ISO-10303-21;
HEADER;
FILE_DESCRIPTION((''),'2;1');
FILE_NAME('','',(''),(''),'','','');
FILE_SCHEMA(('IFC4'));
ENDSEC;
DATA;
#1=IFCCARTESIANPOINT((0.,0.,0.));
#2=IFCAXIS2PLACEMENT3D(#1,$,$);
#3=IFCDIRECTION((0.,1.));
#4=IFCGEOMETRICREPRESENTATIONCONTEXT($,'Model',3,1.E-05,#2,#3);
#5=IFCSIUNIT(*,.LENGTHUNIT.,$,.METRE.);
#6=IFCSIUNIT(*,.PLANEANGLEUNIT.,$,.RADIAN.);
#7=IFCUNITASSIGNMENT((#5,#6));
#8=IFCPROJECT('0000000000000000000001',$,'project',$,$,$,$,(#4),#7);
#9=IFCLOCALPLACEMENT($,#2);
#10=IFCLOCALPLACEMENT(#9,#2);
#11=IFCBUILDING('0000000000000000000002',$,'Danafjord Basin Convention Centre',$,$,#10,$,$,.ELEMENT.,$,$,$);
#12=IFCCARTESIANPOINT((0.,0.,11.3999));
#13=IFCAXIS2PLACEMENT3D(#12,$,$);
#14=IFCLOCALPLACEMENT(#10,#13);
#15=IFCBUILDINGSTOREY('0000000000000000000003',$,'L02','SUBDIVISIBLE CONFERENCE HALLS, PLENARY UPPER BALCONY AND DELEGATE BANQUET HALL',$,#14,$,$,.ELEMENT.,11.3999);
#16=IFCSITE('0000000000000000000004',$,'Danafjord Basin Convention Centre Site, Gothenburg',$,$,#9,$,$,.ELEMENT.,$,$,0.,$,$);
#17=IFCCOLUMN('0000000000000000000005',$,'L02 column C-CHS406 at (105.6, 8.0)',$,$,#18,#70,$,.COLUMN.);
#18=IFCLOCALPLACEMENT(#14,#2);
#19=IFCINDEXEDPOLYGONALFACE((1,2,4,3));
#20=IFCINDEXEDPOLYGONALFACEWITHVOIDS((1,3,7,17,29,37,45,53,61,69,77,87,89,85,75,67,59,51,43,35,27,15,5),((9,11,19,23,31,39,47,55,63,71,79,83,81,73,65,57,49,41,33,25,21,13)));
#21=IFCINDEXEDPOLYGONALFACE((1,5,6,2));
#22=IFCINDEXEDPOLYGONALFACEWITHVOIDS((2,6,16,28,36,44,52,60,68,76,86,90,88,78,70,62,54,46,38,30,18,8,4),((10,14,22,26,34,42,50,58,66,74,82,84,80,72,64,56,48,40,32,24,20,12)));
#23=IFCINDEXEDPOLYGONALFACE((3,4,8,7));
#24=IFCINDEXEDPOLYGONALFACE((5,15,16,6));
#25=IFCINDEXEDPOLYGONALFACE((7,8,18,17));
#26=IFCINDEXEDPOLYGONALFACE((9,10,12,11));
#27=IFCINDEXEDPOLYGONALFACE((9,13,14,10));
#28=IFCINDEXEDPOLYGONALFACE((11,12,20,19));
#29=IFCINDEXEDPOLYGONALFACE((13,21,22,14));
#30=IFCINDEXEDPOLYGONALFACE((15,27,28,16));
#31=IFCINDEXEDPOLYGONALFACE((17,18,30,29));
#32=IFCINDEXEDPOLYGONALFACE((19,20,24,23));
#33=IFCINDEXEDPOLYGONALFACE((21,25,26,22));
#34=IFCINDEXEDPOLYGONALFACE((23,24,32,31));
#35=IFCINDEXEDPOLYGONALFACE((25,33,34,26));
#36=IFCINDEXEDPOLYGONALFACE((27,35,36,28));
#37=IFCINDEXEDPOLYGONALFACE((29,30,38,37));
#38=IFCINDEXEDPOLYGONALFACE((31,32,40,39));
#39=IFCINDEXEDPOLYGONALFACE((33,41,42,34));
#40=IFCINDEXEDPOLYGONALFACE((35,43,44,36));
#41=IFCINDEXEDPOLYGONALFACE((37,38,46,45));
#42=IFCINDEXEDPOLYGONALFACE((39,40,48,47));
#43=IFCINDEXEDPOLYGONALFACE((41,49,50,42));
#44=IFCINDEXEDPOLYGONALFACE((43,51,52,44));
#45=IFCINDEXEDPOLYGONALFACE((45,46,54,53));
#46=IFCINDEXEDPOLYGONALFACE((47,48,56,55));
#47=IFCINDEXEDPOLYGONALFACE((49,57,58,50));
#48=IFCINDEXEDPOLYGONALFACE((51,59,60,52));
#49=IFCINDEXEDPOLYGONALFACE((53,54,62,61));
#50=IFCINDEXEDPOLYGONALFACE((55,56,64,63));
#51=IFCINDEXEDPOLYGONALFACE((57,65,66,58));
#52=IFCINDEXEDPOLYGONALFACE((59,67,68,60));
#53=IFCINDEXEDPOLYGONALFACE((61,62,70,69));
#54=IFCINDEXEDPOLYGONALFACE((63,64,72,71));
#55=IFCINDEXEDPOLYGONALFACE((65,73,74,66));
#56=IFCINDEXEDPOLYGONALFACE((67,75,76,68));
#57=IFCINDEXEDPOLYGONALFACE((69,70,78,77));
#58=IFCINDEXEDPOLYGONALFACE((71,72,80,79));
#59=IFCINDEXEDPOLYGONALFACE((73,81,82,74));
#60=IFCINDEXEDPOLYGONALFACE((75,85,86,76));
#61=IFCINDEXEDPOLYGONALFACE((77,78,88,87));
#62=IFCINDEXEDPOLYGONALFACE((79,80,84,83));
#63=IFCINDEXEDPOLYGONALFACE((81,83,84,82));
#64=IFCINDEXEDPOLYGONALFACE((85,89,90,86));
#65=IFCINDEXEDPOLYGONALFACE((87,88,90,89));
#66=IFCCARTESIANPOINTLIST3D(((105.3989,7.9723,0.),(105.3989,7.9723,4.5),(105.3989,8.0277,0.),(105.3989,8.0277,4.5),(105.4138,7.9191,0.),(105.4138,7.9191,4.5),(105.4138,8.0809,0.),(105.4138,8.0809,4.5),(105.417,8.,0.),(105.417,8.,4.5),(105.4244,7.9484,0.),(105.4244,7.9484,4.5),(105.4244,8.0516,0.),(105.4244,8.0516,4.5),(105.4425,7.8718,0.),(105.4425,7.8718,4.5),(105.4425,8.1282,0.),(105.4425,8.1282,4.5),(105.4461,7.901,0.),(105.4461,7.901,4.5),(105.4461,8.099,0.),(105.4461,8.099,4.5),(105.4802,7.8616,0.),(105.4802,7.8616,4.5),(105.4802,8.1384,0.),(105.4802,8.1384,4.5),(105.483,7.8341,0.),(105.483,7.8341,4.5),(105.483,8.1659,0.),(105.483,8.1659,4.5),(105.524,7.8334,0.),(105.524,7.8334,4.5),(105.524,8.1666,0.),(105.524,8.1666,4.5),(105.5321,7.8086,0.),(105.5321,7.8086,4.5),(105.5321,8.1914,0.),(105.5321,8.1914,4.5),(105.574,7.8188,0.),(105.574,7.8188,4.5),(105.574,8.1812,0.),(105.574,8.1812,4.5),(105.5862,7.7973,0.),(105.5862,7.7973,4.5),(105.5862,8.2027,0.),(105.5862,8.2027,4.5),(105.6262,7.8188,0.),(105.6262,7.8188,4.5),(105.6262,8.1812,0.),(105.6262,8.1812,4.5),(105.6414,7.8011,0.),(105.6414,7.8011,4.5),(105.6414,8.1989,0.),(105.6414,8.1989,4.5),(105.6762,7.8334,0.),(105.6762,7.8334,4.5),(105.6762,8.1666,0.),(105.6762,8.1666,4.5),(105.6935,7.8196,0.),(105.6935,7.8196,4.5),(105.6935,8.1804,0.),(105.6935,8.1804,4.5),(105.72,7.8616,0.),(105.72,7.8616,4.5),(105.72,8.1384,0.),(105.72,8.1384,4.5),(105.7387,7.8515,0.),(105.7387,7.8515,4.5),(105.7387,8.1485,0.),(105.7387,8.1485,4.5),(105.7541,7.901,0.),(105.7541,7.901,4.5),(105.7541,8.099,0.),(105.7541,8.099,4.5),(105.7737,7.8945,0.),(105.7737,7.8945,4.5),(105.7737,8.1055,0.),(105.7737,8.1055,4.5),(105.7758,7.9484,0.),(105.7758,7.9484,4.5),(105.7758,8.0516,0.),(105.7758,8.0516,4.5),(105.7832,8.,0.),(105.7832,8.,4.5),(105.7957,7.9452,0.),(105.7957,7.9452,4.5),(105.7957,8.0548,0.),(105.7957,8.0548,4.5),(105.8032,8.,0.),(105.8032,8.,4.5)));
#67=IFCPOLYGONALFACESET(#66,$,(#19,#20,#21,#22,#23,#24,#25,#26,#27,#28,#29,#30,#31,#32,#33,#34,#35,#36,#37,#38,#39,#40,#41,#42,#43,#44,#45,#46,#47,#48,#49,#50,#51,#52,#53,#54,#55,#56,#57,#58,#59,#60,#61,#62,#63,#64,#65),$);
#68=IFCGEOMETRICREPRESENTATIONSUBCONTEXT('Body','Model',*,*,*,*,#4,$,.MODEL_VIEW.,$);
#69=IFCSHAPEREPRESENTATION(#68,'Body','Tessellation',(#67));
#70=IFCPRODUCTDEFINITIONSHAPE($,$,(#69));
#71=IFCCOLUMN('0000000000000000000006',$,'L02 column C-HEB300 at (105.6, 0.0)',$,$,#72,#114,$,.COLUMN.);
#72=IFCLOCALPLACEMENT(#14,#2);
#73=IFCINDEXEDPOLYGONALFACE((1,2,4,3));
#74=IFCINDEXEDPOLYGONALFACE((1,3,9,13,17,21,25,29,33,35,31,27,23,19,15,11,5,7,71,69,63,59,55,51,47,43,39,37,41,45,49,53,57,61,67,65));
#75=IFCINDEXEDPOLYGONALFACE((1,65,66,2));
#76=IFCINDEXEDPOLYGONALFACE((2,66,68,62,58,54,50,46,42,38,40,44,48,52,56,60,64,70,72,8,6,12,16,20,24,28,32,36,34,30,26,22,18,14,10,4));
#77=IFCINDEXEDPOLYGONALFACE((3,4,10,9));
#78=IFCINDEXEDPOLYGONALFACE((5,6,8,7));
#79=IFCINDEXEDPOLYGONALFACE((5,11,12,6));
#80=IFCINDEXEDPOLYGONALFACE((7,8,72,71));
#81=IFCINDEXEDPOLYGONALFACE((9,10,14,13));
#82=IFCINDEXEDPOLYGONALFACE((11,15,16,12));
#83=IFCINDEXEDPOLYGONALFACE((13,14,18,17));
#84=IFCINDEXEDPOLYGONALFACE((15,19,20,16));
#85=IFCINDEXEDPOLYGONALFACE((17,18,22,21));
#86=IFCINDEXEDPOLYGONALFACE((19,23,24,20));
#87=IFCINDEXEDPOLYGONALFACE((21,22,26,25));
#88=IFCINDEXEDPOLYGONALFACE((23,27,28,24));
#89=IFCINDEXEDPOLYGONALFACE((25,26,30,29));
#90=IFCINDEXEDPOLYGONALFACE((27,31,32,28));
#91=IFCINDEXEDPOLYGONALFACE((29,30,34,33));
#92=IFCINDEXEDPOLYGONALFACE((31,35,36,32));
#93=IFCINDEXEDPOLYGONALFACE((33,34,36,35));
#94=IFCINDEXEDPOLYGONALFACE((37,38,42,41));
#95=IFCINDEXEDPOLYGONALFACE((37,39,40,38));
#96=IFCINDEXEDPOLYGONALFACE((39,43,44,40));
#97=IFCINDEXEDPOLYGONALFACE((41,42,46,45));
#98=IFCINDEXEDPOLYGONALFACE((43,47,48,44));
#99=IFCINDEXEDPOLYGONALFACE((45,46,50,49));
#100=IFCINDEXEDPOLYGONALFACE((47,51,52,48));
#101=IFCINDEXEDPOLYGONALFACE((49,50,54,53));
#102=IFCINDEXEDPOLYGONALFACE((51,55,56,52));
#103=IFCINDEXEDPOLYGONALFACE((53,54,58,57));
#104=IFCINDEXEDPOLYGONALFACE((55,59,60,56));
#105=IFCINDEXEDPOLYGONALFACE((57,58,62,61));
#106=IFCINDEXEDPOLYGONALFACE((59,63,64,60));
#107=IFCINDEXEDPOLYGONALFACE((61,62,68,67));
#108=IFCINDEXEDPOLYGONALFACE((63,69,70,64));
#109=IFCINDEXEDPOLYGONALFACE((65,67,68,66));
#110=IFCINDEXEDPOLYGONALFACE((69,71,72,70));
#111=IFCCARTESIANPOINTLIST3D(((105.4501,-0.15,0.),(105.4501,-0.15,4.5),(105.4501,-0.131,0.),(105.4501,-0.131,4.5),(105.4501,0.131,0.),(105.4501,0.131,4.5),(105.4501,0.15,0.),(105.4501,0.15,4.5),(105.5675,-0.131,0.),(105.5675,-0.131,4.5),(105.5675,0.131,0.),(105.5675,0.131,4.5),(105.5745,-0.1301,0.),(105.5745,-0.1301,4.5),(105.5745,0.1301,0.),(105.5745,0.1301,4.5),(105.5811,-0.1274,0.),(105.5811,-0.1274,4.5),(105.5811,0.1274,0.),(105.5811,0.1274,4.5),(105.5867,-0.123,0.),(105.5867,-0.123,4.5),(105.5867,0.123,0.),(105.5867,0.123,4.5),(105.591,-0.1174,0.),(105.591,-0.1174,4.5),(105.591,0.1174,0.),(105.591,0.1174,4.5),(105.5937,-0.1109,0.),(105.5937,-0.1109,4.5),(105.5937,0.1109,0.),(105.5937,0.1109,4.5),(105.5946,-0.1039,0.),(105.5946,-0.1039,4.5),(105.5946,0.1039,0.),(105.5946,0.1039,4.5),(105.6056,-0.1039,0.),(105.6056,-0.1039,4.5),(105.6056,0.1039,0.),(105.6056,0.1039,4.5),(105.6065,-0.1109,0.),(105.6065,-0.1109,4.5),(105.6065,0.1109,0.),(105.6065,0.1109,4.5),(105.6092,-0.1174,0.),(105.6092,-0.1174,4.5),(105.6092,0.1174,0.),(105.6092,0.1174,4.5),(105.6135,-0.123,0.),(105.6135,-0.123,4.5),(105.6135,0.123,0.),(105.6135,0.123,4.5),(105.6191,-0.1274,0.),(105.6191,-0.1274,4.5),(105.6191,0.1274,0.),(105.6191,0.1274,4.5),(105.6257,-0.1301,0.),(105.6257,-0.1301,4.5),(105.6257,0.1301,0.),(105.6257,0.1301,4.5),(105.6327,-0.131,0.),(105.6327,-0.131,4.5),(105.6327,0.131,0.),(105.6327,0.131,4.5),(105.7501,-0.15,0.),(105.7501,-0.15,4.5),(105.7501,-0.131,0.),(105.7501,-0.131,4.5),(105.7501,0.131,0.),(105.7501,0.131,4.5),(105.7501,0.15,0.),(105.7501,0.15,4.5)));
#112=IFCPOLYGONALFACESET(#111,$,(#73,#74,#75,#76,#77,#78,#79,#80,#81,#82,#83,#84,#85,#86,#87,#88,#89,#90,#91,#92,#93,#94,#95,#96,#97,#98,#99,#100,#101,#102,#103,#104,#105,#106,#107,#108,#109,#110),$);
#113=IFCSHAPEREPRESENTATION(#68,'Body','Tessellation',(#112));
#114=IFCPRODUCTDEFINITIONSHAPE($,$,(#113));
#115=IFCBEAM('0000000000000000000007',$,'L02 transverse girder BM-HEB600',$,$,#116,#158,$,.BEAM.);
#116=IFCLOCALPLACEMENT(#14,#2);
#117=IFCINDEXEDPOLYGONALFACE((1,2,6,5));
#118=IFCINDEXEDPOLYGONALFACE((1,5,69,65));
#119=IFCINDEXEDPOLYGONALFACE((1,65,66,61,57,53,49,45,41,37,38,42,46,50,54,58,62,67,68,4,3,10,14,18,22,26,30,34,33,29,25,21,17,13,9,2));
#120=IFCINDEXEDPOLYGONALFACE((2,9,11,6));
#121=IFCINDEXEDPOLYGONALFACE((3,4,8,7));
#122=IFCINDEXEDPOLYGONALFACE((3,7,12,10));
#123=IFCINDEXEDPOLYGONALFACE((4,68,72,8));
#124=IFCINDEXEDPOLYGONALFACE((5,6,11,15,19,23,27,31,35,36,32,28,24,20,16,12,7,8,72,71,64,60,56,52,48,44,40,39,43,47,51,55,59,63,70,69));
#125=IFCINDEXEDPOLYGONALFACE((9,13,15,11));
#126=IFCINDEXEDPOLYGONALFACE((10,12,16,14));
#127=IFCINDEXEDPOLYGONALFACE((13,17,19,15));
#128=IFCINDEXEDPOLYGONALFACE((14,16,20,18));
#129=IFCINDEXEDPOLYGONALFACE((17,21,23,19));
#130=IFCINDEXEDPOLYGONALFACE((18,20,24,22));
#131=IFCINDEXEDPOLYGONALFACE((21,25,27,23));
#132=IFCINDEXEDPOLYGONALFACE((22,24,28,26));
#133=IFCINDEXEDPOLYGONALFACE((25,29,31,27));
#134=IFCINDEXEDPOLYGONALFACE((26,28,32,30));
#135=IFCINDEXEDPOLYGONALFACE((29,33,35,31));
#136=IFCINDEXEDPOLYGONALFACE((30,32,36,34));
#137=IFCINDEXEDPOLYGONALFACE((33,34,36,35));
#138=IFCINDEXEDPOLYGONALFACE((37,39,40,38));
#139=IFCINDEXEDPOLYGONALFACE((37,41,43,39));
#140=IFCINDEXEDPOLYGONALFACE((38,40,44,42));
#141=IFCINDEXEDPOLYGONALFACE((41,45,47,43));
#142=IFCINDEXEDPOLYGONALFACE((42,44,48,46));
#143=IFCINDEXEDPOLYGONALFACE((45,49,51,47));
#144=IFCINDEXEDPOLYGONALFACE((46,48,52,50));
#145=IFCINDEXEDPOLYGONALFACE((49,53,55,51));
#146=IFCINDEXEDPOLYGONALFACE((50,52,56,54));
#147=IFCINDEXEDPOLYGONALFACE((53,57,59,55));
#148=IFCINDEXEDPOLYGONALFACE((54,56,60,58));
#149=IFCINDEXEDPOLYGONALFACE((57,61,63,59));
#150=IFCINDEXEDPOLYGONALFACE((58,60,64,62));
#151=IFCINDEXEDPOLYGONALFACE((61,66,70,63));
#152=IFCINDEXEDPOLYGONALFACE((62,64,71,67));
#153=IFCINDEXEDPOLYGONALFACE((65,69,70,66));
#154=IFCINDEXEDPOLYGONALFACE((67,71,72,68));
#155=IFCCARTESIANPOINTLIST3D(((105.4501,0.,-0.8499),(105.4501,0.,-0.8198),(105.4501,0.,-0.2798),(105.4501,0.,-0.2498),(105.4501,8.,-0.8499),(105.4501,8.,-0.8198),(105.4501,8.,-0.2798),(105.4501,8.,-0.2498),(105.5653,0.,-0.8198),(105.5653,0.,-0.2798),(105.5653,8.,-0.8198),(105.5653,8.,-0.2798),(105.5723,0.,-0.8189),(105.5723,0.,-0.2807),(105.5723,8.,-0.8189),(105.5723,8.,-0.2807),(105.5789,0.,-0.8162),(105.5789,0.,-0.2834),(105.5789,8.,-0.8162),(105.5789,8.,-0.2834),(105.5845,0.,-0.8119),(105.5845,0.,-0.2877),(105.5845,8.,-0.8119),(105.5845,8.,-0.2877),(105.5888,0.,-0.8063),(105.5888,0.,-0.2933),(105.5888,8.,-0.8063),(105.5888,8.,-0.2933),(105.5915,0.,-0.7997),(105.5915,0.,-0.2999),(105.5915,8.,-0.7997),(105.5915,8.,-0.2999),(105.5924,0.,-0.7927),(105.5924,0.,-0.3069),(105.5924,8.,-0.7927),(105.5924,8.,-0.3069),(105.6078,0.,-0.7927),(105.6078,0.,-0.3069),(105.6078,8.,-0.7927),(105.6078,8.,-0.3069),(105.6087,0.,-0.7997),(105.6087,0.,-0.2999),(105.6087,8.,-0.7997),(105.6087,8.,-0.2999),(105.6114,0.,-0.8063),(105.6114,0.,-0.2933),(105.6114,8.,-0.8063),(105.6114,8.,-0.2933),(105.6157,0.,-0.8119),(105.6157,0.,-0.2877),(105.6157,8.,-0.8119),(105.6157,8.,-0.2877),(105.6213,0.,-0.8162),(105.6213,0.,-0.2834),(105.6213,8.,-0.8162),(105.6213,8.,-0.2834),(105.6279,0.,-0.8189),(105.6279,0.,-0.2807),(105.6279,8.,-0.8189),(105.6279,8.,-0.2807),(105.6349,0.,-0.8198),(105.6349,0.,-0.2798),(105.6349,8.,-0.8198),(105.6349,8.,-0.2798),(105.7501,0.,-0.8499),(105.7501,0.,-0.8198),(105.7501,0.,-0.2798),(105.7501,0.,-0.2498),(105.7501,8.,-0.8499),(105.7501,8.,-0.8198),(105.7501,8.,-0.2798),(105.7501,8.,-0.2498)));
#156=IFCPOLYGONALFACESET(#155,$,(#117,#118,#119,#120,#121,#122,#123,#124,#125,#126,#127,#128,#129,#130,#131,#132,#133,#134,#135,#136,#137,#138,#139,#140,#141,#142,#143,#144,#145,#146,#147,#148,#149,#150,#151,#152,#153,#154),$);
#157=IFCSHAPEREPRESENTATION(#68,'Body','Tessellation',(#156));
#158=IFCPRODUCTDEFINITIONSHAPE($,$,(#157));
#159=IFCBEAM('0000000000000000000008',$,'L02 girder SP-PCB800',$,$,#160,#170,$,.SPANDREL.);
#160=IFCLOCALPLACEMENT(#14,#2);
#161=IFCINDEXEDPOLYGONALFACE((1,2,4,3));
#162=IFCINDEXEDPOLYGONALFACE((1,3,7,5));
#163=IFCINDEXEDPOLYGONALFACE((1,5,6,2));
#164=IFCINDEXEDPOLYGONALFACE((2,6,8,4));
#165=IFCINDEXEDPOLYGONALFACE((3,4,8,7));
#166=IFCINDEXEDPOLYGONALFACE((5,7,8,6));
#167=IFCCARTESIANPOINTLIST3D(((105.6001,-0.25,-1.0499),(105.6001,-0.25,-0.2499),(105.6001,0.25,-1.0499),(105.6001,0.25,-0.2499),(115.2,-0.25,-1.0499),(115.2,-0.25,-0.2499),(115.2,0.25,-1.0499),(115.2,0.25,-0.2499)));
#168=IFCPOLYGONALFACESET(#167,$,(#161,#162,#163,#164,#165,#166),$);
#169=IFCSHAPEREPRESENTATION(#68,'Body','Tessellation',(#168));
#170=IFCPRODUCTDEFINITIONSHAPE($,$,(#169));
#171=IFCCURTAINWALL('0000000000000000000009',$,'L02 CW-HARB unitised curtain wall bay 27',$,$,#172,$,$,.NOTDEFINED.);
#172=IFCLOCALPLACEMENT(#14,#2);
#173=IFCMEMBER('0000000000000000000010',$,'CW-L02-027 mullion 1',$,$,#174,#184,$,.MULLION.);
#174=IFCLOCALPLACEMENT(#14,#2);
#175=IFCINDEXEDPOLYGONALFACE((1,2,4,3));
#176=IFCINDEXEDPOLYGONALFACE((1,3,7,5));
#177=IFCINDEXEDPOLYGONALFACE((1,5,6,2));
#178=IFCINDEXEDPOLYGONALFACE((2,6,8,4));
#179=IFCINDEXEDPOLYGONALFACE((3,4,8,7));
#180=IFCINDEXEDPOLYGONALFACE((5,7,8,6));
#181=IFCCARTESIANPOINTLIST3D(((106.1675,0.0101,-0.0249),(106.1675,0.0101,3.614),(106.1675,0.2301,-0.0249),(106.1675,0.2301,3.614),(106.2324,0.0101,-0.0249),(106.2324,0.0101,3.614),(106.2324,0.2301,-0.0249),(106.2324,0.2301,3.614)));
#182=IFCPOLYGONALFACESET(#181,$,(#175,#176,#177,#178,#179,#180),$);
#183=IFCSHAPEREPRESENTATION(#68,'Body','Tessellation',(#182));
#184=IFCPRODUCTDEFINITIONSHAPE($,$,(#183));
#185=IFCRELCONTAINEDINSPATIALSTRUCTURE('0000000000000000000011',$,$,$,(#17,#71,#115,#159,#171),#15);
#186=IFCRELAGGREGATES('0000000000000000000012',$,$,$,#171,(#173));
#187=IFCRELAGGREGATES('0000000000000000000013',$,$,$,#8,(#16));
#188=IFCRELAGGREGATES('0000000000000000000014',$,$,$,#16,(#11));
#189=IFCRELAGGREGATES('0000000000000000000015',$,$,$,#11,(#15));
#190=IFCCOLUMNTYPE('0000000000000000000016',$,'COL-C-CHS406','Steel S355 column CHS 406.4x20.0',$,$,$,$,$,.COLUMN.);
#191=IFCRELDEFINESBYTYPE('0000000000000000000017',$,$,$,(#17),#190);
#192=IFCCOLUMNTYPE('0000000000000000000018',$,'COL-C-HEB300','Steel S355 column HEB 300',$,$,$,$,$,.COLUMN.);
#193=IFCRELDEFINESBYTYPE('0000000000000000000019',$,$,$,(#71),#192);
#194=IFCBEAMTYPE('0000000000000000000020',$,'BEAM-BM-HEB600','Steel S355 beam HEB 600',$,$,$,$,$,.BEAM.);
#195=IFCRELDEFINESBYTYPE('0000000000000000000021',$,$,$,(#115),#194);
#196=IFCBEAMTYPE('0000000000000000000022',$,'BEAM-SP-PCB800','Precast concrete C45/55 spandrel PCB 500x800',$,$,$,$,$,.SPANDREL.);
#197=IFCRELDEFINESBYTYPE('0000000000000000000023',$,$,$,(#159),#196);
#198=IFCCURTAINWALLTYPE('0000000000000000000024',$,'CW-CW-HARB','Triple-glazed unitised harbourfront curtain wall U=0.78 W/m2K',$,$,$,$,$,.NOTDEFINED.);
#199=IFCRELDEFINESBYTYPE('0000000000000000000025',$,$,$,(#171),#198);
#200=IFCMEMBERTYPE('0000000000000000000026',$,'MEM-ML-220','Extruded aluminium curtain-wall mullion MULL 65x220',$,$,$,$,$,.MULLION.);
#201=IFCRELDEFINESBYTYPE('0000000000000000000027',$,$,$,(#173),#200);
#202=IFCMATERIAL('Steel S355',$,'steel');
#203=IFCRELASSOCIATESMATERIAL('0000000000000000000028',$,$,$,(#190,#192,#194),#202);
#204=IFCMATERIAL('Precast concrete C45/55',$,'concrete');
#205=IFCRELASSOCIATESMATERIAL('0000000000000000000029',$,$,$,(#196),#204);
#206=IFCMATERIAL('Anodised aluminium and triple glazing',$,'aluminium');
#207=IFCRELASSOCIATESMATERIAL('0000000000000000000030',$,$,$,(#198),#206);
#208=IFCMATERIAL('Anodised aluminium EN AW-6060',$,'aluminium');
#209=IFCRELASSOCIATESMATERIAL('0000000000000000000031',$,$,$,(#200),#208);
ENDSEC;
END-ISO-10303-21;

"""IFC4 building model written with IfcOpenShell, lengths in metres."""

from ifc_helpers import new_model, si_unit, direction, frame, origin, origin_2d, place, context, subcontext, project, spatial, rectangle, hollow_circle, i_section, extrude, material, material_profile, profile_set, type_object, element, aggregate, save


model = new_model("IFC4")

# Units and contexts
model_context = context("Model", 3, precision=1e-05, world=origin(), true_north=direction((0.0, 1.0)))
body_context = subcontext(model_context, "Body", "Model", "MODEL_VIEW")
ifc_project = project(units=[si_unit("LENGTHUNIT", "METRE"), si_unit("PLANEANGLEUNIT", "RADIAN")], contexts=[model_context])

# Site, building, storey
site_placement = place(None, origin())
site = spatial("IfcSite", under=ifc_project, at=site_placement, Name="Danafjord Basin Convention Centre Site, Gothenburg", CompositionType="ELEMENT", RefElevation=0.0)
building_placement = place(site_placement, origin())
building = spatial("IfcBuilding", under=site, at=building_placement, Name="Danafjord Basin Convention Centre", CompositionType="ELEMENT")
storey_placement = place(building_placement, frame((0.0, 0.0, 11.3999)))
storey = spatial("IfcBuildingStorey", under=building, at=storey_placement, Name="L02", Description="SUBDIVISIBLE CONFERENCE HALLS, PLENARY UPPER BALCONY AND DELEGATE BANQUET HALL", CompositionType="ELEMENT", Elevation=11.3999)

# Columns
ifc_material_1 = material(Name="Steel S355", Category="steel")
ifc_material_profile_1 = material_profile(ifc_material_1, hollow_circle(Radius=0.2031, WallThickness=0.02, at=origin_2d()), Name="CHS 406.4x20.0")
ifc_profile_set_1 = profile_set([ifc_material_profile_1], Name="Steel S355")
column_type_1 = type_object("IfcColumnType", Name="COL-C-CHS406", Description="Steel S355 column CHS 406.4x20.0", PredefinedType="COLUMN", material=ifc_profile_set_1)
column_1_placement = place(storey_placement, frame((105.6001, 8.0, 0.0), z_axis=(0.0, 0.0, 1.0), x_axis=(1.0, 0.0, 0.0)))
element("IfcColumn", 1, at=column_1_placement, inside=storey, type_object=column_type_1, Name="L02 column C-CHS406 at (105.6, 8.0)", PredefinedType="COLUMN", context=body_context, shape_type="SweptSolid", body=[
    extrude(hollow_circle(Radius=0.2031, WallThickness=0.02, at=origin_2d()), origin(), (0.0, 0.0, 1.0), 4.5),
])
ifc_material_profile_2 = material_profile(ifc_material_1, i_section(OverallWidth=0.3, OverallDepth=0.3, WebThickness=0.011, FlangeThickness=0.019, FilletRadius=0.0271, at=origin_2d()), Name="HEB 300")
ifc_profile_set_2 = profile_set([ifc_material_profile_2], Name="Steel S355")
column_type_2 = type_object("IfcColumnType", Name="COL-C-HEB300", Description="Steel S355 column HEB 300", PredefinedType="COLUMN", material=ifc_profile_set_2)
column_2_placement = place(storey_placement, frame((105.6001, 0.0, 0.0), z_axis=(0.0, 0.0, 1.0), x_axis=(1.0, 0.0, 0.0)))
element("IfcColumn", 2, at=column_2_placement, inside=storey, type_object=column_type_2, Name="L02 column C-HEB300 at (105.6, 0.0)", PredefinedType="COLUMN", context=body_context, shape_type="SweptSolid", body=[
    extrude(i_section(OverallWidth=0.3, OverallDepth=0.3, WebThickness=0.011, FlangeThickness=0.019, FilletRadius=0.0271, at=origin_2d()), origin(), (0.0, 0.0, 1.0), 4.5),
])

# Beams
ifc_material_profile_3 = material_profile(ifc_material_1, i_section(OverallWidth=0.3, OverallDepth=0.6001, WebThickness=0.0154, FlangeThickness=0.03, FilletRadius=0.0271, at=origin_2d()), Name="HEB 600")
ifc_profile_set_3 = profile_set([ifc_material_profile_3], Name="Steel S355")
beam_type_1 = type_object("IfcBeamType", Name="BEAM-BM-HEB600", Description="Steel S355 beam HEB 600", PredefinedType="BEAM", material=ifc_profile_set_3)
beam_1_placement = place(storey_placement, frame((105.6001, 0.0, -0.5498), z_axis=(0.0, 1.0, 0.0), x_axis=(-1.0, 0.0, 0.0)))
element("IfcBeam", 3, at=beam_1_placement, inside=storey, type_object=beam_type_1, Name="L02 transverse girder BM-HEB600", PredefinedType="BEAM", context=body_context, shape_type="SweptSolid", body=[
    extrude(i_section(OverallWidth=0.3, OverallDepth=0.6001, WebThickness=0.0154, FlangeThickness=0.03, FilletRadius=0.0271, at=origin_2d()), origin(), (0.0, 0.0, 1.0), 8.0),
])
ifc_material_2 = material(Name="Precast concrete C45/55", Category="concrete")
ifc_material_profile_4 = material_profile(ifc_material_2, rectangle(XDim=0.5, YDim=0.8, at=origin_2d()), Name="PCB 500x800")
ifc_profile_set_4 = profile_set([ifc_material_profile_4], Name="Precast concrete C45/55")
beam_type_2 = type_object("IfcBeamType", Name="BEAM-SP-PCB800", Description="Precast concrete C45/55 spandrel PCB 500x800", PredefinedType="SPANDREL", material=ifc_profile_set_4)
beam_2_placement = place(storey_placement, frame((105.6001, 0.0, -0.6499), z_axis=(1.0, 0.0, 0.0), x_axis=(0.0, 1.0, 0.0)))
element("IfcBeam", 4, at=beam_2_placement, inside=storey, type_object=beam_type_2, Name="L02 girder SP-PCB800", PredefinedType="SPANDREL", context=body_context, shape_type="SweptSolid", body=[
    extrude(rectangle(XDim=0.5, YDim=0.8, at=origin_2d()), origin(), (0.0, 0.0, 1.0), 9.5999),
])

# Curtain wall, member
ifc_material_3 = material(Name="Anodised aluminium and triple glazing", Category="aluminium")
curtain_wall_type = type_object("IfcCurtainWallType", Name="CW-CW-HARB", Description="Triple-glazed unitised harbourfront curtain wall U=0.78 W/m2K", PredefinedType="NOTDEFINED", material=ifc_material_3)
curtain_wall_placement = place(storey_placement, origin())
curtain_wall = element("IfcCurtainWall", 5, at=curtain_wall_placement, inside=storey, type_object=curtain_wall_type, Name="L02 CW-HARB unitised curtain wall bay 27", PredefinedType="NOTDEFINED")
ifc_material_4 = material(Name="Anodised aluminium EN AW-6060", Category="aluminium")
ifc_material_profile_5 = material_profile(ifc_material_4, rectangle(XDim=0.0649, YDim=0.22, at=origin_2d()), Name="MULL 65x220")
ifc_profile_set_5 = profile_set([ifc_material_profile_5], Name="Anodised aluminium EN AW-6060")
member_type_1 = type_object("IfcMemberType", Name="MEM-ML-220", Description="Extruded aluminium curtain-wall mullion MULL 65x220", PredefinedType="MULLION", material=ifc_profile_set_5)
member_1_placement = place(storey_placement, frame((106.2, 0.1201, -0.0249), z_axis=(0.0, 0.0, 1.0), x_axis=(1.0, 0.0, 0.0)))
member_1 = element("IfcMember", 6, at=member_1_placement, type_object=member_type_1, Name="CW-L02-027 mullion 1", PredefinedType="MULLION", context=body_context, shape_type="SweptSolid", body=[
    extrude(rectangle(XDim=0.0649, YDim=0.22, at=origin_2d()), origin(), (0.0, 0.0, 1.0), 3.6389),
])
aggregate(curtain_wall, [member_1])

save(model, "model.ifc")
